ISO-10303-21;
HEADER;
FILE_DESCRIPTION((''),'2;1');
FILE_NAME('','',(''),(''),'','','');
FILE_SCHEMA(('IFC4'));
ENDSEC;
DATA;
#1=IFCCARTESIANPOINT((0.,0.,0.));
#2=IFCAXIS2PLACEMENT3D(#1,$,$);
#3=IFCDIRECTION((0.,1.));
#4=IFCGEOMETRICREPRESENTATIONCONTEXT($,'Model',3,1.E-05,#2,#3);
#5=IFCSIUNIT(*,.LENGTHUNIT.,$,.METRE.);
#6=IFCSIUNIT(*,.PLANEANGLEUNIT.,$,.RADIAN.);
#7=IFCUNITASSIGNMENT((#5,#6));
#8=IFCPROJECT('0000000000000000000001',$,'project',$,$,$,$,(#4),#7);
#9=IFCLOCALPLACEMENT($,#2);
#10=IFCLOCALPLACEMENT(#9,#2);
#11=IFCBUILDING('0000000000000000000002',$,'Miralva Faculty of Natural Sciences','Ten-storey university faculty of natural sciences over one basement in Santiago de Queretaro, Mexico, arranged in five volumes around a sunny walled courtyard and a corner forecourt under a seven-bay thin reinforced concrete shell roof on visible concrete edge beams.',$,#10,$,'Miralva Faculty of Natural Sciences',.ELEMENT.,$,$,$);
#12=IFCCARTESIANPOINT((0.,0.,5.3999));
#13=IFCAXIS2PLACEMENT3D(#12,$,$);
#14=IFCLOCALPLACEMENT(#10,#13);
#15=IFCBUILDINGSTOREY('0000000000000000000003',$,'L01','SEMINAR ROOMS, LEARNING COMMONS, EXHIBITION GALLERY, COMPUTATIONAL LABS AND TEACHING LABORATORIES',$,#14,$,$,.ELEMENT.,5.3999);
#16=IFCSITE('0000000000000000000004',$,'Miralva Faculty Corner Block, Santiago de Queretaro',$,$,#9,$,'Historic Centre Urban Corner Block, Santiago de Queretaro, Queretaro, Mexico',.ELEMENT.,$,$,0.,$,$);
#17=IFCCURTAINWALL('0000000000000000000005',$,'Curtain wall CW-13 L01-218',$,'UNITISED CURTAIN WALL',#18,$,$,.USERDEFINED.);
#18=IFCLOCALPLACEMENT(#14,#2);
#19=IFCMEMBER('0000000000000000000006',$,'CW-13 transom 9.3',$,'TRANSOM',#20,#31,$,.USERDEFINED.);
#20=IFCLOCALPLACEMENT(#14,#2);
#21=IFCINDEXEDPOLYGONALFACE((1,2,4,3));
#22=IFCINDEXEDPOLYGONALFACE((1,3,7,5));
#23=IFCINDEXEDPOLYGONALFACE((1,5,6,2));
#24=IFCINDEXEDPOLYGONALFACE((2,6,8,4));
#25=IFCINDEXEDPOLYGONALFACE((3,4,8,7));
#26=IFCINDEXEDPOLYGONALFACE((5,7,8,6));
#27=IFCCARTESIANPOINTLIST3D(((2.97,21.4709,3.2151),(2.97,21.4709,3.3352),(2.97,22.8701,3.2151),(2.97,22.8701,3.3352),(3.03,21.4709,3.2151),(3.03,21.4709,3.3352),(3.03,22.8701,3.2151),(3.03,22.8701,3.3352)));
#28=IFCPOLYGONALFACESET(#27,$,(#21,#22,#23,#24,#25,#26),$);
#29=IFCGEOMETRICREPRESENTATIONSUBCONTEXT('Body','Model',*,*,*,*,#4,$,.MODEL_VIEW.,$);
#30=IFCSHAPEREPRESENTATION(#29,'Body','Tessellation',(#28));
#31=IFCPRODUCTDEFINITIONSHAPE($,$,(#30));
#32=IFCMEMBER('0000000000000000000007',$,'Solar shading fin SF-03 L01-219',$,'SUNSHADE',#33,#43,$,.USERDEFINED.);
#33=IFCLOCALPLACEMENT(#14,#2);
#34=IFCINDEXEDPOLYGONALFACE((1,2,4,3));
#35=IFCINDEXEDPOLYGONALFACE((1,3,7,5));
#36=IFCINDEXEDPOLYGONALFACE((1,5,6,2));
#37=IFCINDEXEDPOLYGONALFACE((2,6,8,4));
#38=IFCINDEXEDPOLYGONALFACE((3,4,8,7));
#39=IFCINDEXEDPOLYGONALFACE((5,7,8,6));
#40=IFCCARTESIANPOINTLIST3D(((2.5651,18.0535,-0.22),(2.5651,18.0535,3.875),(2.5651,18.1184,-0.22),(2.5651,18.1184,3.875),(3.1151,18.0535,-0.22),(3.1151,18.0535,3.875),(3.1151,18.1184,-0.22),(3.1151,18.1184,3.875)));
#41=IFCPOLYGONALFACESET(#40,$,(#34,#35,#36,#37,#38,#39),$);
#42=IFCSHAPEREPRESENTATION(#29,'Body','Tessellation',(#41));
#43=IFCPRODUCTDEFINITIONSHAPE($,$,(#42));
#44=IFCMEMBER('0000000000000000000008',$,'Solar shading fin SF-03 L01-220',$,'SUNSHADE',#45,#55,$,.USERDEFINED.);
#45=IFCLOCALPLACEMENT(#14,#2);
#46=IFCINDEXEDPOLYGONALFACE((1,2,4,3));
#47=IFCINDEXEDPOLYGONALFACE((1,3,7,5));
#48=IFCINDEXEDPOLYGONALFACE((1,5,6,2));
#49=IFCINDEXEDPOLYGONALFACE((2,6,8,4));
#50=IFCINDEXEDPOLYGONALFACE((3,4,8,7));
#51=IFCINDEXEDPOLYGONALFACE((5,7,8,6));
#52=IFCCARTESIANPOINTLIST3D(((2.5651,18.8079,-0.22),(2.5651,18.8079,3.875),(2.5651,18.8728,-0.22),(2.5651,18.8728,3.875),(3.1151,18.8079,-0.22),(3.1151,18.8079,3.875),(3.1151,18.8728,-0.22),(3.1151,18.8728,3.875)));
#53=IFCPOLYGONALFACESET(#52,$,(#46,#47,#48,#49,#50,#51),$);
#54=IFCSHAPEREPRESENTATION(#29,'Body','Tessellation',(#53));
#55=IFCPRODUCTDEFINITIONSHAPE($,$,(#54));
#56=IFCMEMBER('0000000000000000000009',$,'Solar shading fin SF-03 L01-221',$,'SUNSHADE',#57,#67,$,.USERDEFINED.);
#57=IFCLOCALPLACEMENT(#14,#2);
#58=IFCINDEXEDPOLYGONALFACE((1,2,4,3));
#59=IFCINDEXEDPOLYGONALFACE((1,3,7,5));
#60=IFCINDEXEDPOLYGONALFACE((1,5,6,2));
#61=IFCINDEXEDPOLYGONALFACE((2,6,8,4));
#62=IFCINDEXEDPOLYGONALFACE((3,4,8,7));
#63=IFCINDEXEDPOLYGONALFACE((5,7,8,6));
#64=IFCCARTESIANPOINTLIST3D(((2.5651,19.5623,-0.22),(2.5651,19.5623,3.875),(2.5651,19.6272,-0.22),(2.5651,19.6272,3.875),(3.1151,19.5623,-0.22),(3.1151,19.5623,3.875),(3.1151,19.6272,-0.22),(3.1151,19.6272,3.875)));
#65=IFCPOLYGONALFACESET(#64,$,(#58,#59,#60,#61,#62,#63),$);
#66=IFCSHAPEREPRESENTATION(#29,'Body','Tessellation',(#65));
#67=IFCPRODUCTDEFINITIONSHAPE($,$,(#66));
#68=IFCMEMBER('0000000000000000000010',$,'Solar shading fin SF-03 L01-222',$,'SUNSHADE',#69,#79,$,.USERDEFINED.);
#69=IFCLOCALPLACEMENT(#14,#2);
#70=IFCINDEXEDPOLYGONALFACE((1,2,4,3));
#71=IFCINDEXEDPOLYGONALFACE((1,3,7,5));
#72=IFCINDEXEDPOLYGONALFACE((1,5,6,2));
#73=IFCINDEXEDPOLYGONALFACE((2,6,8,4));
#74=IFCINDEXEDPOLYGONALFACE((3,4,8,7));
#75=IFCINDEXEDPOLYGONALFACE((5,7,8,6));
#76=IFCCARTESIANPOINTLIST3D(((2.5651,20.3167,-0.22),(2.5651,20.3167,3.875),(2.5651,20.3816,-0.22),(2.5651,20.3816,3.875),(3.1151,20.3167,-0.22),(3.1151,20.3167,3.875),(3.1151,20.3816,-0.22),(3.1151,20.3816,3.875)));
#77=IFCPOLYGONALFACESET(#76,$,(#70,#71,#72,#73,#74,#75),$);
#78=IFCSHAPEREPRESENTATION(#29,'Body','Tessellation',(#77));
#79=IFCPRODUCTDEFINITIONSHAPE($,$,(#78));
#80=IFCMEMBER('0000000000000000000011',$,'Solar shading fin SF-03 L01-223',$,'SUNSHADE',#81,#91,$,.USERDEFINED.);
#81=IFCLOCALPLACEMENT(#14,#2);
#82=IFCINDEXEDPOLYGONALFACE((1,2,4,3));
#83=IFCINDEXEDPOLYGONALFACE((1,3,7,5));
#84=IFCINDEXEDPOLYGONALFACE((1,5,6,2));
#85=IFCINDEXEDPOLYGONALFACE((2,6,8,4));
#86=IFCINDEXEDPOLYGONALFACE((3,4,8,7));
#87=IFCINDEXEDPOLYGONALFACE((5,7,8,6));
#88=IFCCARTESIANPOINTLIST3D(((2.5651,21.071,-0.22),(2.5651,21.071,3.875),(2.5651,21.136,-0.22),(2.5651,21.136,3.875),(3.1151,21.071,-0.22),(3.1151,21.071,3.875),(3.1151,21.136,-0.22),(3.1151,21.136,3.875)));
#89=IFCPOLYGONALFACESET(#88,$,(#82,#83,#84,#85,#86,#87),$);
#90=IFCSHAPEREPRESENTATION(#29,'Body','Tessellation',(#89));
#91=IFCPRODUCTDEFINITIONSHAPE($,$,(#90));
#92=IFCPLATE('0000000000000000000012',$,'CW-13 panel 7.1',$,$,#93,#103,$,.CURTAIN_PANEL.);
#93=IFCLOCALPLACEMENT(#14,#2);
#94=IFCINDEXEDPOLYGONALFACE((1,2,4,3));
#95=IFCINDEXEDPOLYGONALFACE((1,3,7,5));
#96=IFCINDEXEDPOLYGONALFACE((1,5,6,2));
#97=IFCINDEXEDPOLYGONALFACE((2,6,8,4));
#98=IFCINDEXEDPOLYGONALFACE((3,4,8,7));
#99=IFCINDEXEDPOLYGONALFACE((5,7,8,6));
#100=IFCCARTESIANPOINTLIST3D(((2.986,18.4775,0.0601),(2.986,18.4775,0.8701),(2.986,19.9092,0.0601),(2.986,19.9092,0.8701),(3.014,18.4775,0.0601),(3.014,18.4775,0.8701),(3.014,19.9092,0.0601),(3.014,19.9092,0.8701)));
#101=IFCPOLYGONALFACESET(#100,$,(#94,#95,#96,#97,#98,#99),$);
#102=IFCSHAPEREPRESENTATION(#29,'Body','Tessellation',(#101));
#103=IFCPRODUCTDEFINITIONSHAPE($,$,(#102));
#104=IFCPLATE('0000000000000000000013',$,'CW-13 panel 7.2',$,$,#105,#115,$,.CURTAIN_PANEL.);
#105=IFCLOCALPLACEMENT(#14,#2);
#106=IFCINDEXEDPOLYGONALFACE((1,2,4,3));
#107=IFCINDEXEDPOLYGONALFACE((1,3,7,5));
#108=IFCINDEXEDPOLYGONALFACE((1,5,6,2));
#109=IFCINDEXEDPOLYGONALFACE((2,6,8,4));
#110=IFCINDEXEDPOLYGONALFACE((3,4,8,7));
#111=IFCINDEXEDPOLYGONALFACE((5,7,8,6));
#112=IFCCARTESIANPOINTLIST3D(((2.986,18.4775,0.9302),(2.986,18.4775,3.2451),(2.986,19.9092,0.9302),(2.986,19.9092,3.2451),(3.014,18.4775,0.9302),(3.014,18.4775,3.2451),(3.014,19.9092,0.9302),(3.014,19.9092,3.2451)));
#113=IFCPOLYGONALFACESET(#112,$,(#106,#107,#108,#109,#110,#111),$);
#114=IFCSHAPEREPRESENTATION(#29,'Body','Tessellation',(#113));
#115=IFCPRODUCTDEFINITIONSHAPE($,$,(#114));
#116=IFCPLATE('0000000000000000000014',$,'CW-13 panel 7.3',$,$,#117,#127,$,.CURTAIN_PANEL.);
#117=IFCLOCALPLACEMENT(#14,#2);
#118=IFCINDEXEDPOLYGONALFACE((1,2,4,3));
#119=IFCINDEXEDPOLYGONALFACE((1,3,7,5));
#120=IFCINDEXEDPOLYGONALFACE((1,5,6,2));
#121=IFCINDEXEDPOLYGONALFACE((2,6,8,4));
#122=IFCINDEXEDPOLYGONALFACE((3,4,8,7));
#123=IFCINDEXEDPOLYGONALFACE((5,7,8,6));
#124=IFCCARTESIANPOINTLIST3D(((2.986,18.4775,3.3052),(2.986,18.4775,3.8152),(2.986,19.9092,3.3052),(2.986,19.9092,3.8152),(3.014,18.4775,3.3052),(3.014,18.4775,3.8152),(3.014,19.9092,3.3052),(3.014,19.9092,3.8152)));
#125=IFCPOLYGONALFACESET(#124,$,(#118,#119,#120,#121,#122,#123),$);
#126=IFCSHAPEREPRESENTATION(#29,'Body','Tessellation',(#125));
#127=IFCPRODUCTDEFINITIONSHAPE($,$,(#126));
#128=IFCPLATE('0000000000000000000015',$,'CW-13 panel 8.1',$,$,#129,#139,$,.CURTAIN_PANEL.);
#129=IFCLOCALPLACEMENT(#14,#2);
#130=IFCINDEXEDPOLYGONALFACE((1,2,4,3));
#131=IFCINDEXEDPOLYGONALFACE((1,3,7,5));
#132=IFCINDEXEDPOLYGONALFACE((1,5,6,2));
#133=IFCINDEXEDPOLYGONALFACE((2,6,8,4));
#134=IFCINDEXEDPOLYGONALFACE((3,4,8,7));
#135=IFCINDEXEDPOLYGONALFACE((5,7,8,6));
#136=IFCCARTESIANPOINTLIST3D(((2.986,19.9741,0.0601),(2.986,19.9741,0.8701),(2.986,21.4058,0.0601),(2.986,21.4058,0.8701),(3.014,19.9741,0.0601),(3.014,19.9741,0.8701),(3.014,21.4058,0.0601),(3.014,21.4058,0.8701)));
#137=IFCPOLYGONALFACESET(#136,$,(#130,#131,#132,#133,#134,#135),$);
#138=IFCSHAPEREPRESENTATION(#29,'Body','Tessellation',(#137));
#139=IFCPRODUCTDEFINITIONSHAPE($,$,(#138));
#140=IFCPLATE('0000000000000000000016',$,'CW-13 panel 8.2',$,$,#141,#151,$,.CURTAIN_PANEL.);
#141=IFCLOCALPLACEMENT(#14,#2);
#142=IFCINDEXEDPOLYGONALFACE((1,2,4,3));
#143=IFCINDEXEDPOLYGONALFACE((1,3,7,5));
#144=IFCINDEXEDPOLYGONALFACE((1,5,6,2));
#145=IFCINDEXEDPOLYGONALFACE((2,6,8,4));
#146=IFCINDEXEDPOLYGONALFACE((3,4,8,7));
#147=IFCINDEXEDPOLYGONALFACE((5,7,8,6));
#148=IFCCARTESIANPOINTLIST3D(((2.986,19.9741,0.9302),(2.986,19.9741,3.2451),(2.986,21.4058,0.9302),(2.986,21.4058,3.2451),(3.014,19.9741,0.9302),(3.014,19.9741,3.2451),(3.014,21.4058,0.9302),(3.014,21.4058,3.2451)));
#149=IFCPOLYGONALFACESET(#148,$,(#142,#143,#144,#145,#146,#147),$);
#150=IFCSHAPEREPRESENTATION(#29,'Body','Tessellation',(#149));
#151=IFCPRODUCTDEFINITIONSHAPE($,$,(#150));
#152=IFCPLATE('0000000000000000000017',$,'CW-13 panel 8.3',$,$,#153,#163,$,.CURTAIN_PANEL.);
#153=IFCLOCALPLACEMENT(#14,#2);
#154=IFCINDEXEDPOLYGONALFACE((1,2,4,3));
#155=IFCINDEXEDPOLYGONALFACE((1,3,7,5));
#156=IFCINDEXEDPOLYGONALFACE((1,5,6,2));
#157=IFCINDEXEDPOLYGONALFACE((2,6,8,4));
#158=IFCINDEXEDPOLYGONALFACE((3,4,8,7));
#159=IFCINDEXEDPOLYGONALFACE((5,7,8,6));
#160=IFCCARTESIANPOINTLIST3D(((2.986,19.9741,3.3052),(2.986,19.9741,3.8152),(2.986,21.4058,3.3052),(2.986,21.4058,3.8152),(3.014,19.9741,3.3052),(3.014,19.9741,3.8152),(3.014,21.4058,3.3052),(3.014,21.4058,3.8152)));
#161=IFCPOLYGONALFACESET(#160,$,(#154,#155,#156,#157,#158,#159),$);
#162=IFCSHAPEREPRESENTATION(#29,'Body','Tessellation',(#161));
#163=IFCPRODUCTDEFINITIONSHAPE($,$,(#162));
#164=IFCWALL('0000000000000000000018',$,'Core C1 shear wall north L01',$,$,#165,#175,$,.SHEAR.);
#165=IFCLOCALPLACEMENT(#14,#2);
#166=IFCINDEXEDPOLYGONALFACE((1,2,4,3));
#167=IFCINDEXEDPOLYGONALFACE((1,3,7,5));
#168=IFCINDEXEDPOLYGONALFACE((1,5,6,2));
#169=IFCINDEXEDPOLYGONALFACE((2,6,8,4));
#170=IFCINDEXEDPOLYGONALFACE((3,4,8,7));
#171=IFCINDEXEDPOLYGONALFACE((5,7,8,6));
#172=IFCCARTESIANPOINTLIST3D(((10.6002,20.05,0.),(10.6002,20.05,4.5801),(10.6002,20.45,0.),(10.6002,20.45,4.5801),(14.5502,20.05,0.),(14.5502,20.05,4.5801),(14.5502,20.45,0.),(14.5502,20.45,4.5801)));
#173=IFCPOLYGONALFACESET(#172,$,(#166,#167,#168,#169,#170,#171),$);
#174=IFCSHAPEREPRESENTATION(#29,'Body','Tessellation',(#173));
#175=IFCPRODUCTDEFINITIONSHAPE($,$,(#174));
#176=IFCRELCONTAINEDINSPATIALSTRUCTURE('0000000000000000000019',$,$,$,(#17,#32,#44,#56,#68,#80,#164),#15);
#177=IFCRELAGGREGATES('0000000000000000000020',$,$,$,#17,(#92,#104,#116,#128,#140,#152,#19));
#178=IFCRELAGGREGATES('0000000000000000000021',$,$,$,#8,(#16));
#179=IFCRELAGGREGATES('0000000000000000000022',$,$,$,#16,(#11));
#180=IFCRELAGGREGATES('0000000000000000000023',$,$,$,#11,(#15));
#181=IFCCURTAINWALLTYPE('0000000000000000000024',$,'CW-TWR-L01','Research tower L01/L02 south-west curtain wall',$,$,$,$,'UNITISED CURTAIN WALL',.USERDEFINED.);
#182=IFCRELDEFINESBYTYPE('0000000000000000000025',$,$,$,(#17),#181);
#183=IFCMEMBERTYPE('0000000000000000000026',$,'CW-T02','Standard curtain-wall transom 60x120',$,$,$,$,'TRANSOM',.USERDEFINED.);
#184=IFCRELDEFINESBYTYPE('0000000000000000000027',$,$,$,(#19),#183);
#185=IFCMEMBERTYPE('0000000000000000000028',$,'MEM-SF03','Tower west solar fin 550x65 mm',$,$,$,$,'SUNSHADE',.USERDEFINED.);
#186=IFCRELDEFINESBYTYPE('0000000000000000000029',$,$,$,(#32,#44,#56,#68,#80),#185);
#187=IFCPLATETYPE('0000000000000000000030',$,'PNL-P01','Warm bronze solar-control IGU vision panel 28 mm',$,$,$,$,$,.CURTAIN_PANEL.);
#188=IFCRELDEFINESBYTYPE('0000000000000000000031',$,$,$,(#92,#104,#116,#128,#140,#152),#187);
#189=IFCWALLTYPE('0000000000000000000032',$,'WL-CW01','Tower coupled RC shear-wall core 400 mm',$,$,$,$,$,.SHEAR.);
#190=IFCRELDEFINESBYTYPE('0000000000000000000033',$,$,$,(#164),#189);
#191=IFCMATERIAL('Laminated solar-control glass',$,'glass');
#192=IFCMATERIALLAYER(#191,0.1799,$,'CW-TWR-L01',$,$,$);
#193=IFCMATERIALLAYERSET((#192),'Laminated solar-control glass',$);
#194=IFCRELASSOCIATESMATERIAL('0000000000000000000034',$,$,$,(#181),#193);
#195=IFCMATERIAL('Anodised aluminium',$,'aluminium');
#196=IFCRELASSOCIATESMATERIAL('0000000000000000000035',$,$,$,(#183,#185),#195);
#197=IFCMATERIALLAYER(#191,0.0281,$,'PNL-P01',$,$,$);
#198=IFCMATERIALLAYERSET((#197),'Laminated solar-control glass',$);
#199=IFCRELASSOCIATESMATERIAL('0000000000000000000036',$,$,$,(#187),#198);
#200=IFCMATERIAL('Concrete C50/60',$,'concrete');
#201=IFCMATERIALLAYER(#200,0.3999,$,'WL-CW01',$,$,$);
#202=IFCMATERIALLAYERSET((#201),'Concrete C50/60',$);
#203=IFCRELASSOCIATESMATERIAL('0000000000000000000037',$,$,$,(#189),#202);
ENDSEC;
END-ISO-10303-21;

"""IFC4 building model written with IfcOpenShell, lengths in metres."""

from ifc_helpers import new_model, si_unit, direction, frame, frame_2d, origin, origin_2d, place, context, subcontext, project, spatial, rectangle, extrude, material, layer, layer_set, material_profile, profile_set, type_object, element, aggregate, save


model = new_model("IFC4")

# Units and contexts
model_context = context("Model", 3, precision=1e-05, world=origin(), true_north=direction((0.0, 1.0)))
body_context = subcontext(model_context, "Body", "Model", "MODEL_VIEW")
ifc_project = project(units=[si_unit("LENGTHUNIT", "METRE"), si_unit("PLANEANGLEUNIT", "RADIAN")], contexts=[model_context])

# Site, building, storey
site_placement = place(None, origin())
site = spatial("IfcSite", under=ifc_project, at=site_placement, Name="Miralva Faculty Corner Block, Santiago de Queretaro", LongName="Historic Centre Urban Corner Block, Santiago de Queretaro, Queretaro, Mexico", CompositionType="ELEMENT", RefElevation=0.0)
building_placement = place(site_placement, origin())
building = spatial("IfcBuilding", under=site, at=building_placement, Name="Miralva Faculty of Natural Sciences", Description="Ten-storey university faculty of natural sciences over one basement in Santiago de Queretaro, Mexico, arranged in five volumes around a sunny walled courtyard and a corner forecourt under a seven-bay thin reinforced concrete shell roof on visible concrete edge beams.", LongName="Miralva Faculty of Natural Sciences", CompositionType="ELEMENT")
storey_placement = place(building_placement, frame((0.0, 0.0, 5.3999)))
storey = spatial("IfcBuildingStorey", under=building, at=storey_placement, Name="L01", Description="SEMINAR ROOMS, LEARNING COMMONS, EXHIBITION GALLERY, COMPUTATIONAL LABS AND TEACHING LABORATORIES", CompositionType="ELEMENT", Elevation=5.3999)

# Curtain wall, member
ifc_material_1 = material(Name="Laminated solar-control glass", Category="glass")
ifc_layer_1 = layer(ifc_material_1, 0.1799, Name="CW-TWR-L01")
ifc_layer_set_1 = layer_set([ifc_layer_1], Name="Laminated solar-control glass")
curtain_wall_type = type_object("IfcCurtainWallType", Name="CW-TWR-L01", Description="Research tower L01/L02 south-west curtain wall", ElementType="UNITISED CURTAIN WALL", PredefinedType="USERDEFINED", material=ifc_layer_set_1)
curtain_wall_placement = place(storey_placement, origin())
curtain_wall = element("IfcCurtainWall", 1, at=curtain_wall_placement, inside=storey, type_object=curtain_wall_type, Name="Curtain wall CW-13 L01-218", ObjectType="UNITISED CURTAIN WALL", PredefinedType="USERDEFINED")
ifc_material_2 = material(Name="Anodised aluminium", Category="aluminium")
ifc_material_profile_1 = material_profile(ifc_material_2, rectangle(XDim=0.0601, YDim=0.1201, at=origin_2d()), Name="TRANSOM 60x120")
ifc_profile_set_1 = profile_set([ifc_material_profile_1], Name="Anodised aluminium")
member_type_1 = type_object("IfcMemberType", Name="CW-T02", Description="Standard curtain-wall transom 60x120", ElementType="TRANSOM", PredefinedType="USERDEFINED", material=ifc_profile_set_1)
member_1_placement = place(storey_placement, frame((3.0, 21.4709, 3.2751), z_axis=(0.0, 1.0, 0.0), x_axis=(-1.0, 0.0, 0.0)))
member_1 = element("IfcMember", 2, at=member_1_placement, type_object=member_type_1, Name="CW-13 transom 9.3", ObjectType="TRANSOM", PredefinedType="USERDEFINED", context=body_context, shape_type="SweptSolid", body=[
    extrude(rectangle(XDim=0.0601, YDim=0.1201, at=origin_2d()), origin(), (0.0, 0.0, 1.0), 1.3992),
])

# Members
ifc_material_profile_2 = material_profile(ifc_material_2, rectangle(XDim=0.0649, YDim=0.55, at=origin_2d()), Name="FIN 550x65")
ifc_profile_set_2 = profile_set([ifc_material_profile_2], Name="Anodised aluminium")
member_type_2 = type_object("IfcMemberType", Name="MEM-SF03", Description="Tower west solar fin 550x65 mm", ElementType="SUNSHADE", PredefinedType="USERDEFINED", material=ifc_profile_set_2)
for number, where, z_axis, x_axis, name in (
    (3, (2.8401, 18.0859, -0.22), (0.0, 0.0, 1.0), (0.0, -1.0, 0.0), "Solar shading fin SF-03 L01-219"),
    (4, (2.8401, 18.8403, -0.22), (0.0, 0.0, 1.0), (0.0, -1.0, 0.0), "Solar shading fin SF-03 L01-220"),
    (5, (2.8401, 19.5947, -0.22), (0.0, 0.0, 1.0), (0.0, -1.0, 0.0), "Solar shading fin SF-03 L01-221"),
    (6, (2.8401, 20.3491, -0.22), (0.0, 0.0, 1.0), (0.0, -1.0, 0.0), "Solar shading fin SF-03 L01-222"),
    (7, (2.8401, 21.1035, -0.22), (0.0, 0.0, 1.0), (0.0, -1.0, 0.0), "Solar shading fin SF-03 L01-223"),
):
    element("IfcMember", number, at=place(storey_placement, frame(where, z_axis=z_axis, x_axis=x_axis)), inside=storey, type_object=member_type_2, Name=name, ObjectType="SUNSHADE", PredefinedType="USERDEFINED", context=body_context, shape_type="SweptSolid", body=[
        extrude(rectangle(XDim=0.0649, YDim=0.55, at=origin_2d()), origin(), (0.0, 0.0, 1.0), 4.095),
    ])

# Plates
ifc_layer_2 = layer(ifc_material_1, 0.0281, Name="PNL-P01")
ifc_layer_set_2 = layer_set([ifc_layer_2], Name="Laminated solar-control glass")
plate_type = type_object("IfcPlateType", Name="PNL-P01", Description="Warm bronze solar-control IGU vision panel 28 mm", PredefinedType="CURTAIN_PANEL", material=ifc_layer_set_2)
plate_1_placement = place(storey_placement, frame((3.0, 19.1934, 0.0601), z_axis=(0.0, 0.0, 1.0), x_axis=(0.0, 1.0, 0.0)))
plate_1 = element("IfcPlate", 8, at=plate_1_placement, type_object=plate_type, Name="CW-13 panel 7.1", PredefinedType="CURTAIN_PANEL", context=body_context, shape_type="SweptSolid", body=[
    extrude(rectangle(XDim=1.4316, YDim=0.0281, at=origin_2d()), origin(), (0.0, 0.0, 1.0), 0.8101),
])
plate_2_placement = place(storey_placement, frame((3.0, 19.1934, 0.9302), z_axis=(0.0, 0.0, 1.0), x_axis=(0.0, 1.0, 0.0)))
plate_2 = element("IfcPlate", 9, at=plate_2_placement, type_object=plate_type, Name="CW-13 panel 7.2", PredefinedType="CURTAIN_PANEL", context=body_context, shape_type="SweptSolid", body=[
    extrude(rectangle(XDim=1.4316, YDim=0.0281, at=origin_2d()), origin(), (0.0, 0.0, 1.0), 2.3149),
])
plate_3_placement = place(storey_placement, frame((3.0, 19.1934, 3.3052), z_axis=(0.0, 0.0, 1.0), x_axis=(0.0, 1.0, 0.0)))
plate_3 = element("IfcPlate", 10, at=plate_3_placement, type_object=plate_type, Name="CW-13 panel 7.3", PredefinedType="CURTAIN_PANEL", context=body_context, shape_type="SweptSolid", body=[
    extrude(rectangle(XDim=1.4316, YDim=0.0281, at=origin_2d()), origin(), (0.0, 0.0, 1.0), 0.51),
])
plate_4_placement = place(storey_placement, frame((3.0, 20.6899, 0.0601), z_axis=(0.0, 0.0, 1.0), x_axis=(0.0, 1.0, 0.0)))
plate_4 = element("IfcPlate", 11, at=plate_4_placement, type_object=plate_type, Name="CW-13 panel 8.1", PredefinedType="CURTAIN_PANEL", context=body_context, shape_type="SweptSolid", body=[
    extrude(rectangle(XDim=1.4316, YDim=0.0281, at=origin_2d()), origin(), (0.0, 0.0, 1.0), 0.8101),
])
plate_5_placement = place(storey_placement, frame((3.0, 20.6899, 0.9302), z_axis=(0.0, 0.0, 1.0), x_axis=(0.0, 1.0, 0.0)))
plate_5 = element("IfcPlate", 12, at=plate_5_placement, type_object=plate_type, Name="CW-13 panel 8.2", PredefinedType="CURTAIN_PANEL", context=body_context, shape_type="SweptSolid", body=[
    extrude(rectangle(XDim=1.4316, YDim=0.0281, at=origin_2d()), origin(), (0.0, 0.0, 1.0), 2.3149),
])
plate_6_placement = place(storey_placement, frame((3.0, 20.6899, 3.3052), z_axis=(0.0, 0.0, 1.0), x_axis=(0.0, 1.0, 0.0)))
plate_6 = element("IfcPlate", 13, at=plate_6_placement, type_object=plate_type, Name="CW-13 panel 8.3", PredefinedType="CURTAIN_PANEL", context=body_context, shape_type="SweptSolid", body=[
    extrude(rectangle(XDim=1.4316, YDim=0.0281, at=origin_2d()), origin(), (0.0, 0.0, 1.0), 0.51),
])
aggregate(curtain_wall, [plate_1, plate_2, plate_3, plate_4, plate_5, plate_6, member_1])

# Wall
ifc_material_3 = material(Name="Concrete C50/60", Category="concrete")
ifc_layer_3 = layer(ifc_material_3, 0.3999, Name="WL-CW01")
ifc_layer_set_3 = layer_set([ifc_layer_3], Name="Concrete C50/60")
wall_type = type_object("IfcWallType", Name="WL-CW01", Description="Tower coupled RC shear-wall core 400 mm", PredefinedType="SHEAR", material=ifc_layer_set_3)
wall_placement = place(storey_placement, frame((10.6001, 20.25, 0.0), z_axis=(0.0, 0.0, 1.0), x_axis=(1.0, 0.0, 0.0)))
element("IfcWall", 14, at=wall_placement, inside=storey, type_object=wall_type, Name="Core C1 shear wall north L01", PredefinedType="SHEAR", context=body_context, shape_type="SweptSolid", body=[
    extrude(rectangle(XDim=3.95, YDim=0.3999, at=frame_2d((1.9751, 0.0))), origin(), (0.0, 0.0, 1.0), 4.5801),
])

save(model, "model.ifc")
